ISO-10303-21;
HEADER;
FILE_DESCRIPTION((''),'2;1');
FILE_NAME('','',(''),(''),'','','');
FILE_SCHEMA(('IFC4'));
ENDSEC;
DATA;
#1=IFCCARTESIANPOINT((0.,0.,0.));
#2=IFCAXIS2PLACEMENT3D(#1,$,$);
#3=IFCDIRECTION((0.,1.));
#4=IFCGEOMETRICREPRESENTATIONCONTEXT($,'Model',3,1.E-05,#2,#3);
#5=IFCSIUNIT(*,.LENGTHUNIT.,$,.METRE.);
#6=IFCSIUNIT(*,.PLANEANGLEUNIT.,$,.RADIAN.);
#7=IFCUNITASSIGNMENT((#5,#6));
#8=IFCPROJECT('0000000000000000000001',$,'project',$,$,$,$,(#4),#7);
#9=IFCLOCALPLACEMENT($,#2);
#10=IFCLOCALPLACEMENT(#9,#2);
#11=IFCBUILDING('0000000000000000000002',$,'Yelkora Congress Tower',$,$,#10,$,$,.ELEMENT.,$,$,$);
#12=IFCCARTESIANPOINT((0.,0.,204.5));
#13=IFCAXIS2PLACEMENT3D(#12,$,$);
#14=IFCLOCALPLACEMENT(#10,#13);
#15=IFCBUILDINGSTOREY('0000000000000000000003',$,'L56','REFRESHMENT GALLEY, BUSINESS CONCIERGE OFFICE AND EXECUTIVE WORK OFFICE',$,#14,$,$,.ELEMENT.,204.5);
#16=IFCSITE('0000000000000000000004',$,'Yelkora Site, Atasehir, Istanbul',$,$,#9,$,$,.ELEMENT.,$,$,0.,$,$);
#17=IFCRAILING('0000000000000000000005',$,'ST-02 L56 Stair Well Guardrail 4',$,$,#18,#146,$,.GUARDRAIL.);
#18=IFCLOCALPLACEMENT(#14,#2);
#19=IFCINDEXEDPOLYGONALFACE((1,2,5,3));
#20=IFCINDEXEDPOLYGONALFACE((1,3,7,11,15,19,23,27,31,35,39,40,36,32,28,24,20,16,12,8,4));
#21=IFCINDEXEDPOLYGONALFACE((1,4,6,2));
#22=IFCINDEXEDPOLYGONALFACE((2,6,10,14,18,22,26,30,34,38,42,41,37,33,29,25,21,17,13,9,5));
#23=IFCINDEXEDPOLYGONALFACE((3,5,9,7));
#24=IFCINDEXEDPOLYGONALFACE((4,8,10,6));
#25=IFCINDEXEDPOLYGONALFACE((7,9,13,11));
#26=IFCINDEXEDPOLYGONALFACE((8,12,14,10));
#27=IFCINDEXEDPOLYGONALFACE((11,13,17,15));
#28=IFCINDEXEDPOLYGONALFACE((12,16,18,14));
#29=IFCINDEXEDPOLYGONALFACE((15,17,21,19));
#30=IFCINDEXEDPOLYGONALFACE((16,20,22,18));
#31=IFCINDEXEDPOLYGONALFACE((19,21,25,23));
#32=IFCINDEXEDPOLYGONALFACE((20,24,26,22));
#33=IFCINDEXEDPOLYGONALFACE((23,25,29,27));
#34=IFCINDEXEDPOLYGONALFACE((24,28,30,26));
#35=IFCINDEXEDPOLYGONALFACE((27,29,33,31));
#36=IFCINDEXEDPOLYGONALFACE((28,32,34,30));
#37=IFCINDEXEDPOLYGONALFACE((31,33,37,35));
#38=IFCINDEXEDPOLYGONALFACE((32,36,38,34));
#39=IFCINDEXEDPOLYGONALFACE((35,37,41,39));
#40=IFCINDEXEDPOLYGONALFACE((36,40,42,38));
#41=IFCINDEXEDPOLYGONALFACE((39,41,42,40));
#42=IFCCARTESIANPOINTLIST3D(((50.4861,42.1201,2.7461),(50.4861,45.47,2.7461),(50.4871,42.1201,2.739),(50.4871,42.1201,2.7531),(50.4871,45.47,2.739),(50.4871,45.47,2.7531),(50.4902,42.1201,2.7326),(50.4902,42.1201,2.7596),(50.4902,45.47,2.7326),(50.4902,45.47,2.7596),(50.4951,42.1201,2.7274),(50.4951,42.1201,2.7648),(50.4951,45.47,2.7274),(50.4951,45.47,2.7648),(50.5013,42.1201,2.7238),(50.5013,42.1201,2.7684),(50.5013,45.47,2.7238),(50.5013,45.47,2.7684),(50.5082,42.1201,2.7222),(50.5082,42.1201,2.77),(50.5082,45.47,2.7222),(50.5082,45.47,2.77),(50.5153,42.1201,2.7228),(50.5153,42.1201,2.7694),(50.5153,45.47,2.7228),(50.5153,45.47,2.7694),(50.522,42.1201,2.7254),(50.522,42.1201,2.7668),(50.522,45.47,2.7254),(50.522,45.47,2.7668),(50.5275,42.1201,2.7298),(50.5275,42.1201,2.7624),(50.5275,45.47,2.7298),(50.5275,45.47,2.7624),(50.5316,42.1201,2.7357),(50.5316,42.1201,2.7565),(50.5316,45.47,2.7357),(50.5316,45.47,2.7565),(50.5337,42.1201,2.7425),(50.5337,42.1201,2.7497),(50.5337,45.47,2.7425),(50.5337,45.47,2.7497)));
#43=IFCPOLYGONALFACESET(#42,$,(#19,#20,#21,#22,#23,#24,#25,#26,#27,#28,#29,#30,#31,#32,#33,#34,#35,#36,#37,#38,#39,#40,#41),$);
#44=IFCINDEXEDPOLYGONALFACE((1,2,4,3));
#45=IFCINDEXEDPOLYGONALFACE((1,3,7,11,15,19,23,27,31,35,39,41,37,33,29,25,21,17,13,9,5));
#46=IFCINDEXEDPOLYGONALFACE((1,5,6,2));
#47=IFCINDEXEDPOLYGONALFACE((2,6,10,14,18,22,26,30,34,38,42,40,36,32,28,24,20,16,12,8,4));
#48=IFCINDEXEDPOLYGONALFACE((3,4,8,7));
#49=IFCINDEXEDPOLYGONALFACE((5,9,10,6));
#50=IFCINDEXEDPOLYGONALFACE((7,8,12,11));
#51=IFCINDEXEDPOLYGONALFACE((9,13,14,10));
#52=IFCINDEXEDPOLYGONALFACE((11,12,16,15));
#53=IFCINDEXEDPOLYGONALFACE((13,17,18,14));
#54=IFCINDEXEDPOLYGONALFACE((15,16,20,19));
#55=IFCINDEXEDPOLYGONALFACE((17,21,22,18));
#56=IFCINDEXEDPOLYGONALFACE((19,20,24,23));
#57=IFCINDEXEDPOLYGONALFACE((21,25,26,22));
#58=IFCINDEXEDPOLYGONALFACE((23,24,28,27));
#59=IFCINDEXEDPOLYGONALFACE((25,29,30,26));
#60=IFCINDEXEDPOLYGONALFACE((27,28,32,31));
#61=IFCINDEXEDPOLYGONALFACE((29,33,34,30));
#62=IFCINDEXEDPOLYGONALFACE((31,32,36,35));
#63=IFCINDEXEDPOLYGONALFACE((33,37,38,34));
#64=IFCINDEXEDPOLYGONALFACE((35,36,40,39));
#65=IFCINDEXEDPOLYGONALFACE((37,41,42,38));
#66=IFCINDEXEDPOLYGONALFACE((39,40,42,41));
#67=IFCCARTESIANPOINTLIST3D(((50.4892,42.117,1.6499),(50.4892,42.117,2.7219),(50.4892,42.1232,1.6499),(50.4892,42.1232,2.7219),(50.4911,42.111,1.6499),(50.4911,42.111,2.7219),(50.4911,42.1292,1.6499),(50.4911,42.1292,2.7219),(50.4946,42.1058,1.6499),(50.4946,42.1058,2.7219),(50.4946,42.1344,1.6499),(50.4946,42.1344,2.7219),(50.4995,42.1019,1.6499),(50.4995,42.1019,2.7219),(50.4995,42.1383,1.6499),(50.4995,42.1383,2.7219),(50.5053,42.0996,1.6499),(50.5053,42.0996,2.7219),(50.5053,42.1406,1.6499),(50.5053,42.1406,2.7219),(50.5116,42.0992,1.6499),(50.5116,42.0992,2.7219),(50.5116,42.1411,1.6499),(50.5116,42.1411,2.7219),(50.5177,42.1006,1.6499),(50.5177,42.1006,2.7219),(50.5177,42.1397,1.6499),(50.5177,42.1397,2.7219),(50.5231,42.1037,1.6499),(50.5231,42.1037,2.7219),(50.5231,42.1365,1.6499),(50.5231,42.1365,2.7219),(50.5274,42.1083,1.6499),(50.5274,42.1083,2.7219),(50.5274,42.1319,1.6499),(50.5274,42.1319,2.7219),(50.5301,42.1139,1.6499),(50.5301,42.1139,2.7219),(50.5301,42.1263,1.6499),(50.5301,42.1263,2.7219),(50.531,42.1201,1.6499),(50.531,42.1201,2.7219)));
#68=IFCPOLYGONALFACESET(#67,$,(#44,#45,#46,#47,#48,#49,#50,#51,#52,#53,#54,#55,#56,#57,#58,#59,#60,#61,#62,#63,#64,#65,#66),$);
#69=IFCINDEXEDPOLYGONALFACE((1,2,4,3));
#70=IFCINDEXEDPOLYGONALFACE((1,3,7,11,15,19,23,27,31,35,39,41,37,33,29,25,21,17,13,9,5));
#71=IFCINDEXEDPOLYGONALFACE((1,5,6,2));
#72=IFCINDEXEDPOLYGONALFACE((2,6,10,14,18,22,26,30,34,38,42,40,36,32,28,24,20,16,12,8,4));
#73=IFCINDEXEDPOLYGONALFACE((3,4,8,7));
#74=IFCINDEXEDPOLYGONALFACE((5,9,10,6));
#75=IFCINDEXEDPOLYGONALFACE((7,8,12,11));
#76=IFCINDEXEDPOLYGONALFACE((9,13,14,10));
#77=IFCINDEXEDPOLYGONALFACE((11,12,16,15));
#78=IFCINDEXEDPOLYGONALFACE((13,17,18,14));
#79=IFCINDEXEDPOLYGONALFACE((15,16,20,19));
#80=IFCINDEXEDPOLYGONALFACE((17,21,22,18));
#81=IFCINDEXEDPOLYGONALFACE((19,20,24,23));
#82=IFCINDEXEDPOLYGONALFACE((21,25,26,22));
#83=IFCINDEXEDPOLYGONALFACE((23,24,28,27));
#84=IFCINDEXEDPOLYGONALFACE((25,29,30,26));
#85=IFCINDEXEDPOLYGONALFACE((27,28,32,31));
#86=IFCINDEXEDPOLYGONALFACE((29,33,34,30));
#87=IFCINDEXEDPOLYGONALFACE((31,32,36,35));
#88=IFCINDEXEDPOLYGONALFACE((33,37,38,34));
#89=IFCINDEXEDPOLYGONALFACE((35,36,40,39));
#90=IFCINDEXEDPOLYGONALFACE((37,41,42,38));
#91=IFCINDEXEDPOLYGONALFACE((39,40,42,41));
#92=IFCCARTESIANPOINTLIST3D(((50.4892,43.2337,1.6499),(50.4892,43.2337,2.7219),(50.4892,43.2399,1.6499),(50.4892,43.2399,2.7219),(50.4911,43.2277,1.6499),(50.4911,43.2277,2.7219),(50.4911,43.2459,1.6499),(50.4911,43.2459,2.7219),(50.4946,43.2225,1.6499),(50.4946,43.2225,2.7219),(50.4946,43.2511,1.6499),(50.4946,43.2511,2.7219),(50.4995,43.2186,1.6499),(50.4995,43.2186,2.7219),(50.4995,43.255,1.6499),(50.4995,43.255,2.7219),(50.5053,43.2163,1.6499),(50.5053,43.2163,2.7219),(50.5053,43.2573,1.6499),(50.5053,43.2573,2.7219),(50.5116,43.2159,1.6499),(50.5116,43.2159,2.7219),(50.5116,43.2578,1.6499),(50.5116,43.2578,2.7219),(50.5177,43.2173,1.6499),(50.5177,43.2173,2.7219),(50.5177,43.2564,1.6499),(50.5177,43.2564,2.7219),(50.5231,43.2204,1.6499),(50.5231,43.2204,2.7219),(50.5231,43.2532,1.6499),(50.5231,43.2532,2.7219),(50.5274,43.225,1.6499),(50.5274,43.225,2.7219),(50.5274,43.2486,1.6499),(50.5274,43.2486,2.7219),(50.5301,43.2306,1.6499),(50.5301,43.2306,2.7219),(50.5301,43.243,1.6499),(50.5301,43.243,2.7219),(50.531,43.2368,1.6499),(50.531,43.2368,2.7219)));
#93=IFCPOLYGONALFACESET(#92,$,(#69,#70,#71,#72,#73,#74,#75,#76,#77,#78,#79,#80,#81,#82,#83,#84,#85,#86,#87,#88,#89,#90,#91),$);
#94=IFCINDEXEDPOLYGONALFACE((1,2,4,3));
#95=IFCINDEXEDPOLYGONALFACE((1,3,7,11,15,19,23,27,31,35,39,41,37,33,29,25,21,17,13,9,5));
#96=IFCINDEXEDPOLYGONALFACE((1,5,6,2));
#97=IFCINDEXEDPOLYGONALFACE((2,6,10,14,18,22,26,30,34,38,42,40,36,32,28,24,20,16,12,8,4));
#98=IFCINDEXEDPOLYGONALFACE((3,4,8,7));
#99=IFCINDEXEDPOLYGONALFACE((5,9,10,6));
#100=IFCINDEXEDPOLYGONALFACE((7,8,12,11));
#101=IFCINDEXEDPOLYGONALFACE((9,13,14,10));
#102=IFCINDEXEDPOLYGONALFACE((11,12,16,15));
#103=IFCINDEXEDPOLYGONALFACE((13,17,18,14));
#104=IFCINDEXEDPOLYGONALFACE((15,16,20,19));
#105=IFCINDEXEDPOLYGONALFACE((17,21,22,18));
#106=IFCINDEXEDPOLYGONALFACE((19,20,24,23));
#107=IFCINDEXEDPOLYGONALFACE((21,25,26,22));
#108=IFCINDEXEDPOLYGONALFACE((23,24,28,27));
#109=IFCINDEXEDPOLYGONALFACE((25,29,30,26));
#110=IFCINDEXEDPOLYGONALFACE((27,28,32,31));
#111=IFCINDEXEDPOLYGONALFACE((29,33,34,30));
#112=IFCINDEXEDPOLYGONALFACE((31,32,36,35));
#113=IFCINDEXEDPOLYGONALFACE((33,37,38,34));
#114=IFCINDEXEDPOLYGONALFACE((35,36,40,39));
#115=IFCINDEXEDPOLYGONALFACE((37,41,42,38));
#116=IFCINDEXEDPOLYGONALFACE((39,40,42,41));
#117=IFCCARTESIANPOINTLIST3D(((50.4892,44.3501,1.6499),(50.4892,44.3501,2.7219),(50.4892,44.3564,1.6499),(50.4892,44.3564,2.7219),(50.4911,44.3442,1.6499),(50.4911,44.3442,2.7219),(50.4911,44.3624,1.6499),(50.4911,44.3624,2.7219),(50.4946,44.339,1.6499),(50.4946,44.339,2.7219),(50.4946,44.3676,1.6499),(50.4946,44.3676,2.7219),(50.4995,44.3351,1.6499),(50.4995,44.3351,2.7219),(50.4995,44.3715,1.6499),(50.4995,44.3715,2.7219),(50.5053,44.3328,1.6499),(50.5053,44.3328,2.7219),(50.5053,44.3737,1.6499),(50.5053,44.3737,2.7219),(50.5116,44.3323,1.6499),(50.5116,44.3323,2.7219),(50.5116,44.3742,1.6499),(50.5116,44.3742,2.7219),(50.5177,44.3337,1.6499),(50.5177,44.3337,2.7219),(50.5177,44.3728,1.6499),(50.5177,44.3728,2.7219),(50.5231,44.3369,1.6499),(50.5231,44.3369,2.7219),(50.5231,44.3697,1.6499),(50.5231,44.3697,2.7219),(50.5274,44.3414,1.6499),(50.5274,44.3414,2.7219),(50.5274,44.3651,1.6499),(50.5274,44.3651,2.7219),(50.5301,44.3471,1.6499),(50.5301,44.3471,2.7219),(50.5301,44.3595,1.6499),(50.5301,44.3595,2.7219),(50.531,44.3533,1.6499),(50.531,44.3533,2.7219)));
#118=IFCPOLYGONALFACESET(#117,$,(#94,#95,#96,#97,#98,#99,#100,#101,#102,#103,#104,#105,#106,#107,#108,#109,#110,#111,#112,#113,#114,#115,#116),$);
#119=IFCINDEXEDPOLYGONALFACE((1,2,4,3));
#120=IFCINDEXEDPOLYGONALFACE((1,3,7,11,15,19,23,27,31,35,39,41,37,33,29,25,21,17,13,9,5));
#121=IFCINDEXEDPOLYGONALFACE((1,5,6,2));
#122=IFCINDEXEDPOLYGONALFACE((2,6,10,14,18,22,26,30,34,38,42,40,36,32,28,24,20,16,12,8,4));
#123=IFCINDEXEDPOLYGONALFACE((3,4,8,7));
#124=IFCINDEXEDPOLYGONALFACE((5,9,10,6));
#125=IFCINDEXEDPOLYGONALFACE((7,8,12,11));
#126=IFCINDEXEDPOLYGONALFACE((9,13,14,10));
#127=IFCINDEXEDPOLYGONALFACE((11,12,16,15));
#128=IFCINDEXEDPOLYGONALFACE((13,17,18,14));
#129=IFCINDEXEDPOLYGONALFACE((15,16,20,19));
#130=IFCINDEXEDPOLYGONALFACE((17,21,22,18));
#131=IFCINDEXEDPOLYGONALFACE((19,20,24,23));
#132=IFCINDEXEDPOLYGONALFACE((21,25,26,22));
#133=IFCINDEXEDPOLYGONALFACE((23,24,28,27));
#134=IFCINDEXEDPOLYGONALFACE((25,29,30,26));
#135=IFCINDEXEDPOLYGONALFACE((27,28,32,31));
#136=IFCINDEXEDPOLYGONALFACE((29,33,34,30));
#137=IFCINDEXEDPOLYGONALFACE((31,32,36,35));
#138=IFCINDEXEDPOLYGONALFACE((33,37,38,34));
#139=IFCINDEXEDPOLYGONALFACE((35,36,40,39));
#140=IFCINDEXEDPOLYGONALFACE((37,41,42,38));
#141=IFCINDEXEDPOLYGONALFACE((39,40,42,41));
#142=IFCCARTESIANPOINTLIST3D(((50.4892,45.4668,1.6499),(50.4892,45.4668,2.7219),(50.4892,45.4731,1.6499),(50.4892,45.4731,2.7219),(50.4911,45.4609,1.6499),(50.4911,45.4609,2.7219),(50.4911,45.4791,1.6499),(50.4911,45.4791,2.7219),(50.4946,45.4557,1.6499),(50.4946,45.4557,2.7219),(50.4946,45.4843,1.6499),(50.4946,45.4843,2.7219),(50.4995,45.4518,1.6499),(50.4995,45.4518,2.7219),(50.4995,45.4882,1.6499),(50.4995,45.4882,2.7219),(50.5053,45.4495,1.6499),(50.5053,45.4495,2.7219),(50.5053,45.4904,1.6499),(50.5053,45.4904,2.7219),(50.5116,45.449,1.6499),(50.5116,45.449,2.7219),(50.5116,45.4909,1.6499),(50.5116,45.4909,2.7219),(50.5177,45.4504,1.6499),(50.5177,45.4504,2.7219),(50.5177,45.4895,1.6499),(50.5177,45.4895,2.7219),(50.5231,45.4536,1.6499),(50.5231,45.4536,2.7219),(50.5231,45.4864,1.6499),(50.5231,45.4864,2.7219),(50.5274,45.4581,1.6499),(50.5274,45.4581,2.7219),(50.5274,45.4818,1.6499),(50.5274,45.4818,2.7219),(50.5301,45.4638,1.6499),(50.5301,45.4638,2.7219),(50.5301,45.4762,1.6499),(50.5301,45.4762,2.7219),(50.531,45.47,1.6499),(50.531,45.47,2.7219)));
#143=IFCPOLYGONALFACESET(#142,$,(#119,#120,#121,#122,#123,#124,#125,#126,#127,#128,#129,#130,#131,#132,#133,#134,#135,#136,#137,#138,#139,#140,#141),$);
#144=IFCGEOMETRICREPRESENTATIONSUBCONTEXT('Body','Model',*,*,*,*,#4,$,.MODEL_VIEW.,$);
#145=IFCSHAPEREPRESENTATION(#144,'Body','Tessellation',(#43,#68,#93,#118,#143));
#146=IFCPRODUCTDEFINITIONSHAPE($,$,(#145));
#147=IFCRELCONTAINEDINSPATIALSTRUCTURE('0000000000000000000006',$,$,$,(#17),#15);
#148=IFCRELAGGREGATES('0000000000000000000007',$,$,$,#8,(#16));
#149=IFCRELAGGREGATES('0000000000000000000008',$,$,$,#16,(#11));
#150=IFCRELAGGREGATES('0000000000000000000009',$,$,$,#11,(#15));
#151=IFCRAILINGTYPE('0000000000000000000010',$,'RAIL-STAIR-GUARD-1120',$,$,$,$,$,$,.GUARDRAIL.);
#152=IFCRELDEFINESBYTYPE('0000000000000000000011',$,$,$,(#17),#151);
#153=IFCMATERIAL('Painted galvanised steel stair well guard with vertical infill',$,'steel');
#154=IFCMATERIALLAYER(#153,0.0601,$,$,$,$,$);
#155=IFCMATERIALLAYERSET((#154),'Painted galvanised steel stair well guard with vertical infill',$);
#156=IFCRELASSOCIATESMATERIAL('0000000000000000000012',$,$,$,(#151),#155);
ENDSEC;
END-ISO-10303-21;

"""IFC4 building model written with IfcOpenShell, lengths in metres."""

from ifc_helpers import new_model, si_unit, direction, frame, origin, origin_2d, place, context, subcontext, project, spatial, circle, extrude, material, layer, layer_set, type_object, element, save


model = new_model("IFC4")

# Units and contexts
model_context = context("Model", 3, precision=1e-05, world=origin(), true_north=direction((0.0, 1.0)))
body_context = subcontext(model_context, "Body", "Model", "MODEL_VIEW")
ifc_project = project(units=[si_unit("LENGTHUNIT", "METRE"), si_unit("PLANEANGLEUNIT", "RADIAN")], contexts=[model_context])

# Site, building, storey
site_placement = place(None, origin())
site = spatial("IfcSite", under=ifc_project, at=site_placement, Name="Yelkora Site, Atasehir, Istanbul", CompositionType="ELEMENT", RefElevation=0.0)
building_placement = place(site_placement, origin())
building = spatial("IfcBuilding", under=site, at=building_placement, Name="Yelkora Congress Tower", CompositionType="ELEMENT")
storey_placement = place(building_placement, frame((0.0, 0.0, 204.5)))
storey = spatial("IfcBuildingStorey", under=building, at=storey_placement, Name="L56", Description="REFRESHMENT GALLEY, BUSINESS CONCIERGE OFFICE AND EXECUTIVE WORK OFFICE", CompositionType="ELEMENT", Elevation=204.5)

# Railing
ifc_material_1 = material(Name="Painted galvanised steel stair well guard with vertical infill", Category="steel")
ifc_layer_1 = layer(ifc_material_1, 0.0601)
ifc_layer_set_1 = layer_set([ifc_layer_1], Name="Painted galvanised steel stair well guard with vertical infill")
railing_type_1 = type_object("IfcRailingType", Name="RAIL-STAIR-GUARD-1120", PredefinedType="GUARDRAIL", material=ifc_layer_set_1)
for number, where, name in (
    (1, (50.51, 42.1201, 1.6499), "ST-02 L56 Stair Well Guardrail 4"),
):
    element("IfcRailing", number, at=place(storey_placement, frame(where)), inside=storey, type_object=railing_type_1, Name=name, PredefinedType="GUARDRAIL", context=body_context, shape_type="SweptSolid", body=[
        extrude(circle(Radius=0.0239, at=origin_2d()), frame((0.0, 0.0, 1.0962), z_axis=(0.0, 1.0, 0.0), x_axis=(-1.0, 0.0, 0.0)), (0.0, 0.0, 1.0), 3.3499),
        extrude(circle(Radius=0.021, at=origin_2d()), origin(), (0.0, 0.0, 1.0), 1.072),
        extrude(circle(Radius=0.021, at=origin_2d()), frame((0.0, 1.1167, 0.0)), (0.0, 0.0, 1.0), 1.072),
        extrude(circle(Radius=0.021, at=origin_2d()), frame((0.0, 2.2332, 0.0)), (0.0, 0.0, 1.0), 1.072),
        extrude(circle(Radius=0.021, at=origin_2d()), frame((0.0, 3.3499, 0.0)), (0.0, 0.0, 1.0), 1.072),
    ])

save(model, "model.ifc")
